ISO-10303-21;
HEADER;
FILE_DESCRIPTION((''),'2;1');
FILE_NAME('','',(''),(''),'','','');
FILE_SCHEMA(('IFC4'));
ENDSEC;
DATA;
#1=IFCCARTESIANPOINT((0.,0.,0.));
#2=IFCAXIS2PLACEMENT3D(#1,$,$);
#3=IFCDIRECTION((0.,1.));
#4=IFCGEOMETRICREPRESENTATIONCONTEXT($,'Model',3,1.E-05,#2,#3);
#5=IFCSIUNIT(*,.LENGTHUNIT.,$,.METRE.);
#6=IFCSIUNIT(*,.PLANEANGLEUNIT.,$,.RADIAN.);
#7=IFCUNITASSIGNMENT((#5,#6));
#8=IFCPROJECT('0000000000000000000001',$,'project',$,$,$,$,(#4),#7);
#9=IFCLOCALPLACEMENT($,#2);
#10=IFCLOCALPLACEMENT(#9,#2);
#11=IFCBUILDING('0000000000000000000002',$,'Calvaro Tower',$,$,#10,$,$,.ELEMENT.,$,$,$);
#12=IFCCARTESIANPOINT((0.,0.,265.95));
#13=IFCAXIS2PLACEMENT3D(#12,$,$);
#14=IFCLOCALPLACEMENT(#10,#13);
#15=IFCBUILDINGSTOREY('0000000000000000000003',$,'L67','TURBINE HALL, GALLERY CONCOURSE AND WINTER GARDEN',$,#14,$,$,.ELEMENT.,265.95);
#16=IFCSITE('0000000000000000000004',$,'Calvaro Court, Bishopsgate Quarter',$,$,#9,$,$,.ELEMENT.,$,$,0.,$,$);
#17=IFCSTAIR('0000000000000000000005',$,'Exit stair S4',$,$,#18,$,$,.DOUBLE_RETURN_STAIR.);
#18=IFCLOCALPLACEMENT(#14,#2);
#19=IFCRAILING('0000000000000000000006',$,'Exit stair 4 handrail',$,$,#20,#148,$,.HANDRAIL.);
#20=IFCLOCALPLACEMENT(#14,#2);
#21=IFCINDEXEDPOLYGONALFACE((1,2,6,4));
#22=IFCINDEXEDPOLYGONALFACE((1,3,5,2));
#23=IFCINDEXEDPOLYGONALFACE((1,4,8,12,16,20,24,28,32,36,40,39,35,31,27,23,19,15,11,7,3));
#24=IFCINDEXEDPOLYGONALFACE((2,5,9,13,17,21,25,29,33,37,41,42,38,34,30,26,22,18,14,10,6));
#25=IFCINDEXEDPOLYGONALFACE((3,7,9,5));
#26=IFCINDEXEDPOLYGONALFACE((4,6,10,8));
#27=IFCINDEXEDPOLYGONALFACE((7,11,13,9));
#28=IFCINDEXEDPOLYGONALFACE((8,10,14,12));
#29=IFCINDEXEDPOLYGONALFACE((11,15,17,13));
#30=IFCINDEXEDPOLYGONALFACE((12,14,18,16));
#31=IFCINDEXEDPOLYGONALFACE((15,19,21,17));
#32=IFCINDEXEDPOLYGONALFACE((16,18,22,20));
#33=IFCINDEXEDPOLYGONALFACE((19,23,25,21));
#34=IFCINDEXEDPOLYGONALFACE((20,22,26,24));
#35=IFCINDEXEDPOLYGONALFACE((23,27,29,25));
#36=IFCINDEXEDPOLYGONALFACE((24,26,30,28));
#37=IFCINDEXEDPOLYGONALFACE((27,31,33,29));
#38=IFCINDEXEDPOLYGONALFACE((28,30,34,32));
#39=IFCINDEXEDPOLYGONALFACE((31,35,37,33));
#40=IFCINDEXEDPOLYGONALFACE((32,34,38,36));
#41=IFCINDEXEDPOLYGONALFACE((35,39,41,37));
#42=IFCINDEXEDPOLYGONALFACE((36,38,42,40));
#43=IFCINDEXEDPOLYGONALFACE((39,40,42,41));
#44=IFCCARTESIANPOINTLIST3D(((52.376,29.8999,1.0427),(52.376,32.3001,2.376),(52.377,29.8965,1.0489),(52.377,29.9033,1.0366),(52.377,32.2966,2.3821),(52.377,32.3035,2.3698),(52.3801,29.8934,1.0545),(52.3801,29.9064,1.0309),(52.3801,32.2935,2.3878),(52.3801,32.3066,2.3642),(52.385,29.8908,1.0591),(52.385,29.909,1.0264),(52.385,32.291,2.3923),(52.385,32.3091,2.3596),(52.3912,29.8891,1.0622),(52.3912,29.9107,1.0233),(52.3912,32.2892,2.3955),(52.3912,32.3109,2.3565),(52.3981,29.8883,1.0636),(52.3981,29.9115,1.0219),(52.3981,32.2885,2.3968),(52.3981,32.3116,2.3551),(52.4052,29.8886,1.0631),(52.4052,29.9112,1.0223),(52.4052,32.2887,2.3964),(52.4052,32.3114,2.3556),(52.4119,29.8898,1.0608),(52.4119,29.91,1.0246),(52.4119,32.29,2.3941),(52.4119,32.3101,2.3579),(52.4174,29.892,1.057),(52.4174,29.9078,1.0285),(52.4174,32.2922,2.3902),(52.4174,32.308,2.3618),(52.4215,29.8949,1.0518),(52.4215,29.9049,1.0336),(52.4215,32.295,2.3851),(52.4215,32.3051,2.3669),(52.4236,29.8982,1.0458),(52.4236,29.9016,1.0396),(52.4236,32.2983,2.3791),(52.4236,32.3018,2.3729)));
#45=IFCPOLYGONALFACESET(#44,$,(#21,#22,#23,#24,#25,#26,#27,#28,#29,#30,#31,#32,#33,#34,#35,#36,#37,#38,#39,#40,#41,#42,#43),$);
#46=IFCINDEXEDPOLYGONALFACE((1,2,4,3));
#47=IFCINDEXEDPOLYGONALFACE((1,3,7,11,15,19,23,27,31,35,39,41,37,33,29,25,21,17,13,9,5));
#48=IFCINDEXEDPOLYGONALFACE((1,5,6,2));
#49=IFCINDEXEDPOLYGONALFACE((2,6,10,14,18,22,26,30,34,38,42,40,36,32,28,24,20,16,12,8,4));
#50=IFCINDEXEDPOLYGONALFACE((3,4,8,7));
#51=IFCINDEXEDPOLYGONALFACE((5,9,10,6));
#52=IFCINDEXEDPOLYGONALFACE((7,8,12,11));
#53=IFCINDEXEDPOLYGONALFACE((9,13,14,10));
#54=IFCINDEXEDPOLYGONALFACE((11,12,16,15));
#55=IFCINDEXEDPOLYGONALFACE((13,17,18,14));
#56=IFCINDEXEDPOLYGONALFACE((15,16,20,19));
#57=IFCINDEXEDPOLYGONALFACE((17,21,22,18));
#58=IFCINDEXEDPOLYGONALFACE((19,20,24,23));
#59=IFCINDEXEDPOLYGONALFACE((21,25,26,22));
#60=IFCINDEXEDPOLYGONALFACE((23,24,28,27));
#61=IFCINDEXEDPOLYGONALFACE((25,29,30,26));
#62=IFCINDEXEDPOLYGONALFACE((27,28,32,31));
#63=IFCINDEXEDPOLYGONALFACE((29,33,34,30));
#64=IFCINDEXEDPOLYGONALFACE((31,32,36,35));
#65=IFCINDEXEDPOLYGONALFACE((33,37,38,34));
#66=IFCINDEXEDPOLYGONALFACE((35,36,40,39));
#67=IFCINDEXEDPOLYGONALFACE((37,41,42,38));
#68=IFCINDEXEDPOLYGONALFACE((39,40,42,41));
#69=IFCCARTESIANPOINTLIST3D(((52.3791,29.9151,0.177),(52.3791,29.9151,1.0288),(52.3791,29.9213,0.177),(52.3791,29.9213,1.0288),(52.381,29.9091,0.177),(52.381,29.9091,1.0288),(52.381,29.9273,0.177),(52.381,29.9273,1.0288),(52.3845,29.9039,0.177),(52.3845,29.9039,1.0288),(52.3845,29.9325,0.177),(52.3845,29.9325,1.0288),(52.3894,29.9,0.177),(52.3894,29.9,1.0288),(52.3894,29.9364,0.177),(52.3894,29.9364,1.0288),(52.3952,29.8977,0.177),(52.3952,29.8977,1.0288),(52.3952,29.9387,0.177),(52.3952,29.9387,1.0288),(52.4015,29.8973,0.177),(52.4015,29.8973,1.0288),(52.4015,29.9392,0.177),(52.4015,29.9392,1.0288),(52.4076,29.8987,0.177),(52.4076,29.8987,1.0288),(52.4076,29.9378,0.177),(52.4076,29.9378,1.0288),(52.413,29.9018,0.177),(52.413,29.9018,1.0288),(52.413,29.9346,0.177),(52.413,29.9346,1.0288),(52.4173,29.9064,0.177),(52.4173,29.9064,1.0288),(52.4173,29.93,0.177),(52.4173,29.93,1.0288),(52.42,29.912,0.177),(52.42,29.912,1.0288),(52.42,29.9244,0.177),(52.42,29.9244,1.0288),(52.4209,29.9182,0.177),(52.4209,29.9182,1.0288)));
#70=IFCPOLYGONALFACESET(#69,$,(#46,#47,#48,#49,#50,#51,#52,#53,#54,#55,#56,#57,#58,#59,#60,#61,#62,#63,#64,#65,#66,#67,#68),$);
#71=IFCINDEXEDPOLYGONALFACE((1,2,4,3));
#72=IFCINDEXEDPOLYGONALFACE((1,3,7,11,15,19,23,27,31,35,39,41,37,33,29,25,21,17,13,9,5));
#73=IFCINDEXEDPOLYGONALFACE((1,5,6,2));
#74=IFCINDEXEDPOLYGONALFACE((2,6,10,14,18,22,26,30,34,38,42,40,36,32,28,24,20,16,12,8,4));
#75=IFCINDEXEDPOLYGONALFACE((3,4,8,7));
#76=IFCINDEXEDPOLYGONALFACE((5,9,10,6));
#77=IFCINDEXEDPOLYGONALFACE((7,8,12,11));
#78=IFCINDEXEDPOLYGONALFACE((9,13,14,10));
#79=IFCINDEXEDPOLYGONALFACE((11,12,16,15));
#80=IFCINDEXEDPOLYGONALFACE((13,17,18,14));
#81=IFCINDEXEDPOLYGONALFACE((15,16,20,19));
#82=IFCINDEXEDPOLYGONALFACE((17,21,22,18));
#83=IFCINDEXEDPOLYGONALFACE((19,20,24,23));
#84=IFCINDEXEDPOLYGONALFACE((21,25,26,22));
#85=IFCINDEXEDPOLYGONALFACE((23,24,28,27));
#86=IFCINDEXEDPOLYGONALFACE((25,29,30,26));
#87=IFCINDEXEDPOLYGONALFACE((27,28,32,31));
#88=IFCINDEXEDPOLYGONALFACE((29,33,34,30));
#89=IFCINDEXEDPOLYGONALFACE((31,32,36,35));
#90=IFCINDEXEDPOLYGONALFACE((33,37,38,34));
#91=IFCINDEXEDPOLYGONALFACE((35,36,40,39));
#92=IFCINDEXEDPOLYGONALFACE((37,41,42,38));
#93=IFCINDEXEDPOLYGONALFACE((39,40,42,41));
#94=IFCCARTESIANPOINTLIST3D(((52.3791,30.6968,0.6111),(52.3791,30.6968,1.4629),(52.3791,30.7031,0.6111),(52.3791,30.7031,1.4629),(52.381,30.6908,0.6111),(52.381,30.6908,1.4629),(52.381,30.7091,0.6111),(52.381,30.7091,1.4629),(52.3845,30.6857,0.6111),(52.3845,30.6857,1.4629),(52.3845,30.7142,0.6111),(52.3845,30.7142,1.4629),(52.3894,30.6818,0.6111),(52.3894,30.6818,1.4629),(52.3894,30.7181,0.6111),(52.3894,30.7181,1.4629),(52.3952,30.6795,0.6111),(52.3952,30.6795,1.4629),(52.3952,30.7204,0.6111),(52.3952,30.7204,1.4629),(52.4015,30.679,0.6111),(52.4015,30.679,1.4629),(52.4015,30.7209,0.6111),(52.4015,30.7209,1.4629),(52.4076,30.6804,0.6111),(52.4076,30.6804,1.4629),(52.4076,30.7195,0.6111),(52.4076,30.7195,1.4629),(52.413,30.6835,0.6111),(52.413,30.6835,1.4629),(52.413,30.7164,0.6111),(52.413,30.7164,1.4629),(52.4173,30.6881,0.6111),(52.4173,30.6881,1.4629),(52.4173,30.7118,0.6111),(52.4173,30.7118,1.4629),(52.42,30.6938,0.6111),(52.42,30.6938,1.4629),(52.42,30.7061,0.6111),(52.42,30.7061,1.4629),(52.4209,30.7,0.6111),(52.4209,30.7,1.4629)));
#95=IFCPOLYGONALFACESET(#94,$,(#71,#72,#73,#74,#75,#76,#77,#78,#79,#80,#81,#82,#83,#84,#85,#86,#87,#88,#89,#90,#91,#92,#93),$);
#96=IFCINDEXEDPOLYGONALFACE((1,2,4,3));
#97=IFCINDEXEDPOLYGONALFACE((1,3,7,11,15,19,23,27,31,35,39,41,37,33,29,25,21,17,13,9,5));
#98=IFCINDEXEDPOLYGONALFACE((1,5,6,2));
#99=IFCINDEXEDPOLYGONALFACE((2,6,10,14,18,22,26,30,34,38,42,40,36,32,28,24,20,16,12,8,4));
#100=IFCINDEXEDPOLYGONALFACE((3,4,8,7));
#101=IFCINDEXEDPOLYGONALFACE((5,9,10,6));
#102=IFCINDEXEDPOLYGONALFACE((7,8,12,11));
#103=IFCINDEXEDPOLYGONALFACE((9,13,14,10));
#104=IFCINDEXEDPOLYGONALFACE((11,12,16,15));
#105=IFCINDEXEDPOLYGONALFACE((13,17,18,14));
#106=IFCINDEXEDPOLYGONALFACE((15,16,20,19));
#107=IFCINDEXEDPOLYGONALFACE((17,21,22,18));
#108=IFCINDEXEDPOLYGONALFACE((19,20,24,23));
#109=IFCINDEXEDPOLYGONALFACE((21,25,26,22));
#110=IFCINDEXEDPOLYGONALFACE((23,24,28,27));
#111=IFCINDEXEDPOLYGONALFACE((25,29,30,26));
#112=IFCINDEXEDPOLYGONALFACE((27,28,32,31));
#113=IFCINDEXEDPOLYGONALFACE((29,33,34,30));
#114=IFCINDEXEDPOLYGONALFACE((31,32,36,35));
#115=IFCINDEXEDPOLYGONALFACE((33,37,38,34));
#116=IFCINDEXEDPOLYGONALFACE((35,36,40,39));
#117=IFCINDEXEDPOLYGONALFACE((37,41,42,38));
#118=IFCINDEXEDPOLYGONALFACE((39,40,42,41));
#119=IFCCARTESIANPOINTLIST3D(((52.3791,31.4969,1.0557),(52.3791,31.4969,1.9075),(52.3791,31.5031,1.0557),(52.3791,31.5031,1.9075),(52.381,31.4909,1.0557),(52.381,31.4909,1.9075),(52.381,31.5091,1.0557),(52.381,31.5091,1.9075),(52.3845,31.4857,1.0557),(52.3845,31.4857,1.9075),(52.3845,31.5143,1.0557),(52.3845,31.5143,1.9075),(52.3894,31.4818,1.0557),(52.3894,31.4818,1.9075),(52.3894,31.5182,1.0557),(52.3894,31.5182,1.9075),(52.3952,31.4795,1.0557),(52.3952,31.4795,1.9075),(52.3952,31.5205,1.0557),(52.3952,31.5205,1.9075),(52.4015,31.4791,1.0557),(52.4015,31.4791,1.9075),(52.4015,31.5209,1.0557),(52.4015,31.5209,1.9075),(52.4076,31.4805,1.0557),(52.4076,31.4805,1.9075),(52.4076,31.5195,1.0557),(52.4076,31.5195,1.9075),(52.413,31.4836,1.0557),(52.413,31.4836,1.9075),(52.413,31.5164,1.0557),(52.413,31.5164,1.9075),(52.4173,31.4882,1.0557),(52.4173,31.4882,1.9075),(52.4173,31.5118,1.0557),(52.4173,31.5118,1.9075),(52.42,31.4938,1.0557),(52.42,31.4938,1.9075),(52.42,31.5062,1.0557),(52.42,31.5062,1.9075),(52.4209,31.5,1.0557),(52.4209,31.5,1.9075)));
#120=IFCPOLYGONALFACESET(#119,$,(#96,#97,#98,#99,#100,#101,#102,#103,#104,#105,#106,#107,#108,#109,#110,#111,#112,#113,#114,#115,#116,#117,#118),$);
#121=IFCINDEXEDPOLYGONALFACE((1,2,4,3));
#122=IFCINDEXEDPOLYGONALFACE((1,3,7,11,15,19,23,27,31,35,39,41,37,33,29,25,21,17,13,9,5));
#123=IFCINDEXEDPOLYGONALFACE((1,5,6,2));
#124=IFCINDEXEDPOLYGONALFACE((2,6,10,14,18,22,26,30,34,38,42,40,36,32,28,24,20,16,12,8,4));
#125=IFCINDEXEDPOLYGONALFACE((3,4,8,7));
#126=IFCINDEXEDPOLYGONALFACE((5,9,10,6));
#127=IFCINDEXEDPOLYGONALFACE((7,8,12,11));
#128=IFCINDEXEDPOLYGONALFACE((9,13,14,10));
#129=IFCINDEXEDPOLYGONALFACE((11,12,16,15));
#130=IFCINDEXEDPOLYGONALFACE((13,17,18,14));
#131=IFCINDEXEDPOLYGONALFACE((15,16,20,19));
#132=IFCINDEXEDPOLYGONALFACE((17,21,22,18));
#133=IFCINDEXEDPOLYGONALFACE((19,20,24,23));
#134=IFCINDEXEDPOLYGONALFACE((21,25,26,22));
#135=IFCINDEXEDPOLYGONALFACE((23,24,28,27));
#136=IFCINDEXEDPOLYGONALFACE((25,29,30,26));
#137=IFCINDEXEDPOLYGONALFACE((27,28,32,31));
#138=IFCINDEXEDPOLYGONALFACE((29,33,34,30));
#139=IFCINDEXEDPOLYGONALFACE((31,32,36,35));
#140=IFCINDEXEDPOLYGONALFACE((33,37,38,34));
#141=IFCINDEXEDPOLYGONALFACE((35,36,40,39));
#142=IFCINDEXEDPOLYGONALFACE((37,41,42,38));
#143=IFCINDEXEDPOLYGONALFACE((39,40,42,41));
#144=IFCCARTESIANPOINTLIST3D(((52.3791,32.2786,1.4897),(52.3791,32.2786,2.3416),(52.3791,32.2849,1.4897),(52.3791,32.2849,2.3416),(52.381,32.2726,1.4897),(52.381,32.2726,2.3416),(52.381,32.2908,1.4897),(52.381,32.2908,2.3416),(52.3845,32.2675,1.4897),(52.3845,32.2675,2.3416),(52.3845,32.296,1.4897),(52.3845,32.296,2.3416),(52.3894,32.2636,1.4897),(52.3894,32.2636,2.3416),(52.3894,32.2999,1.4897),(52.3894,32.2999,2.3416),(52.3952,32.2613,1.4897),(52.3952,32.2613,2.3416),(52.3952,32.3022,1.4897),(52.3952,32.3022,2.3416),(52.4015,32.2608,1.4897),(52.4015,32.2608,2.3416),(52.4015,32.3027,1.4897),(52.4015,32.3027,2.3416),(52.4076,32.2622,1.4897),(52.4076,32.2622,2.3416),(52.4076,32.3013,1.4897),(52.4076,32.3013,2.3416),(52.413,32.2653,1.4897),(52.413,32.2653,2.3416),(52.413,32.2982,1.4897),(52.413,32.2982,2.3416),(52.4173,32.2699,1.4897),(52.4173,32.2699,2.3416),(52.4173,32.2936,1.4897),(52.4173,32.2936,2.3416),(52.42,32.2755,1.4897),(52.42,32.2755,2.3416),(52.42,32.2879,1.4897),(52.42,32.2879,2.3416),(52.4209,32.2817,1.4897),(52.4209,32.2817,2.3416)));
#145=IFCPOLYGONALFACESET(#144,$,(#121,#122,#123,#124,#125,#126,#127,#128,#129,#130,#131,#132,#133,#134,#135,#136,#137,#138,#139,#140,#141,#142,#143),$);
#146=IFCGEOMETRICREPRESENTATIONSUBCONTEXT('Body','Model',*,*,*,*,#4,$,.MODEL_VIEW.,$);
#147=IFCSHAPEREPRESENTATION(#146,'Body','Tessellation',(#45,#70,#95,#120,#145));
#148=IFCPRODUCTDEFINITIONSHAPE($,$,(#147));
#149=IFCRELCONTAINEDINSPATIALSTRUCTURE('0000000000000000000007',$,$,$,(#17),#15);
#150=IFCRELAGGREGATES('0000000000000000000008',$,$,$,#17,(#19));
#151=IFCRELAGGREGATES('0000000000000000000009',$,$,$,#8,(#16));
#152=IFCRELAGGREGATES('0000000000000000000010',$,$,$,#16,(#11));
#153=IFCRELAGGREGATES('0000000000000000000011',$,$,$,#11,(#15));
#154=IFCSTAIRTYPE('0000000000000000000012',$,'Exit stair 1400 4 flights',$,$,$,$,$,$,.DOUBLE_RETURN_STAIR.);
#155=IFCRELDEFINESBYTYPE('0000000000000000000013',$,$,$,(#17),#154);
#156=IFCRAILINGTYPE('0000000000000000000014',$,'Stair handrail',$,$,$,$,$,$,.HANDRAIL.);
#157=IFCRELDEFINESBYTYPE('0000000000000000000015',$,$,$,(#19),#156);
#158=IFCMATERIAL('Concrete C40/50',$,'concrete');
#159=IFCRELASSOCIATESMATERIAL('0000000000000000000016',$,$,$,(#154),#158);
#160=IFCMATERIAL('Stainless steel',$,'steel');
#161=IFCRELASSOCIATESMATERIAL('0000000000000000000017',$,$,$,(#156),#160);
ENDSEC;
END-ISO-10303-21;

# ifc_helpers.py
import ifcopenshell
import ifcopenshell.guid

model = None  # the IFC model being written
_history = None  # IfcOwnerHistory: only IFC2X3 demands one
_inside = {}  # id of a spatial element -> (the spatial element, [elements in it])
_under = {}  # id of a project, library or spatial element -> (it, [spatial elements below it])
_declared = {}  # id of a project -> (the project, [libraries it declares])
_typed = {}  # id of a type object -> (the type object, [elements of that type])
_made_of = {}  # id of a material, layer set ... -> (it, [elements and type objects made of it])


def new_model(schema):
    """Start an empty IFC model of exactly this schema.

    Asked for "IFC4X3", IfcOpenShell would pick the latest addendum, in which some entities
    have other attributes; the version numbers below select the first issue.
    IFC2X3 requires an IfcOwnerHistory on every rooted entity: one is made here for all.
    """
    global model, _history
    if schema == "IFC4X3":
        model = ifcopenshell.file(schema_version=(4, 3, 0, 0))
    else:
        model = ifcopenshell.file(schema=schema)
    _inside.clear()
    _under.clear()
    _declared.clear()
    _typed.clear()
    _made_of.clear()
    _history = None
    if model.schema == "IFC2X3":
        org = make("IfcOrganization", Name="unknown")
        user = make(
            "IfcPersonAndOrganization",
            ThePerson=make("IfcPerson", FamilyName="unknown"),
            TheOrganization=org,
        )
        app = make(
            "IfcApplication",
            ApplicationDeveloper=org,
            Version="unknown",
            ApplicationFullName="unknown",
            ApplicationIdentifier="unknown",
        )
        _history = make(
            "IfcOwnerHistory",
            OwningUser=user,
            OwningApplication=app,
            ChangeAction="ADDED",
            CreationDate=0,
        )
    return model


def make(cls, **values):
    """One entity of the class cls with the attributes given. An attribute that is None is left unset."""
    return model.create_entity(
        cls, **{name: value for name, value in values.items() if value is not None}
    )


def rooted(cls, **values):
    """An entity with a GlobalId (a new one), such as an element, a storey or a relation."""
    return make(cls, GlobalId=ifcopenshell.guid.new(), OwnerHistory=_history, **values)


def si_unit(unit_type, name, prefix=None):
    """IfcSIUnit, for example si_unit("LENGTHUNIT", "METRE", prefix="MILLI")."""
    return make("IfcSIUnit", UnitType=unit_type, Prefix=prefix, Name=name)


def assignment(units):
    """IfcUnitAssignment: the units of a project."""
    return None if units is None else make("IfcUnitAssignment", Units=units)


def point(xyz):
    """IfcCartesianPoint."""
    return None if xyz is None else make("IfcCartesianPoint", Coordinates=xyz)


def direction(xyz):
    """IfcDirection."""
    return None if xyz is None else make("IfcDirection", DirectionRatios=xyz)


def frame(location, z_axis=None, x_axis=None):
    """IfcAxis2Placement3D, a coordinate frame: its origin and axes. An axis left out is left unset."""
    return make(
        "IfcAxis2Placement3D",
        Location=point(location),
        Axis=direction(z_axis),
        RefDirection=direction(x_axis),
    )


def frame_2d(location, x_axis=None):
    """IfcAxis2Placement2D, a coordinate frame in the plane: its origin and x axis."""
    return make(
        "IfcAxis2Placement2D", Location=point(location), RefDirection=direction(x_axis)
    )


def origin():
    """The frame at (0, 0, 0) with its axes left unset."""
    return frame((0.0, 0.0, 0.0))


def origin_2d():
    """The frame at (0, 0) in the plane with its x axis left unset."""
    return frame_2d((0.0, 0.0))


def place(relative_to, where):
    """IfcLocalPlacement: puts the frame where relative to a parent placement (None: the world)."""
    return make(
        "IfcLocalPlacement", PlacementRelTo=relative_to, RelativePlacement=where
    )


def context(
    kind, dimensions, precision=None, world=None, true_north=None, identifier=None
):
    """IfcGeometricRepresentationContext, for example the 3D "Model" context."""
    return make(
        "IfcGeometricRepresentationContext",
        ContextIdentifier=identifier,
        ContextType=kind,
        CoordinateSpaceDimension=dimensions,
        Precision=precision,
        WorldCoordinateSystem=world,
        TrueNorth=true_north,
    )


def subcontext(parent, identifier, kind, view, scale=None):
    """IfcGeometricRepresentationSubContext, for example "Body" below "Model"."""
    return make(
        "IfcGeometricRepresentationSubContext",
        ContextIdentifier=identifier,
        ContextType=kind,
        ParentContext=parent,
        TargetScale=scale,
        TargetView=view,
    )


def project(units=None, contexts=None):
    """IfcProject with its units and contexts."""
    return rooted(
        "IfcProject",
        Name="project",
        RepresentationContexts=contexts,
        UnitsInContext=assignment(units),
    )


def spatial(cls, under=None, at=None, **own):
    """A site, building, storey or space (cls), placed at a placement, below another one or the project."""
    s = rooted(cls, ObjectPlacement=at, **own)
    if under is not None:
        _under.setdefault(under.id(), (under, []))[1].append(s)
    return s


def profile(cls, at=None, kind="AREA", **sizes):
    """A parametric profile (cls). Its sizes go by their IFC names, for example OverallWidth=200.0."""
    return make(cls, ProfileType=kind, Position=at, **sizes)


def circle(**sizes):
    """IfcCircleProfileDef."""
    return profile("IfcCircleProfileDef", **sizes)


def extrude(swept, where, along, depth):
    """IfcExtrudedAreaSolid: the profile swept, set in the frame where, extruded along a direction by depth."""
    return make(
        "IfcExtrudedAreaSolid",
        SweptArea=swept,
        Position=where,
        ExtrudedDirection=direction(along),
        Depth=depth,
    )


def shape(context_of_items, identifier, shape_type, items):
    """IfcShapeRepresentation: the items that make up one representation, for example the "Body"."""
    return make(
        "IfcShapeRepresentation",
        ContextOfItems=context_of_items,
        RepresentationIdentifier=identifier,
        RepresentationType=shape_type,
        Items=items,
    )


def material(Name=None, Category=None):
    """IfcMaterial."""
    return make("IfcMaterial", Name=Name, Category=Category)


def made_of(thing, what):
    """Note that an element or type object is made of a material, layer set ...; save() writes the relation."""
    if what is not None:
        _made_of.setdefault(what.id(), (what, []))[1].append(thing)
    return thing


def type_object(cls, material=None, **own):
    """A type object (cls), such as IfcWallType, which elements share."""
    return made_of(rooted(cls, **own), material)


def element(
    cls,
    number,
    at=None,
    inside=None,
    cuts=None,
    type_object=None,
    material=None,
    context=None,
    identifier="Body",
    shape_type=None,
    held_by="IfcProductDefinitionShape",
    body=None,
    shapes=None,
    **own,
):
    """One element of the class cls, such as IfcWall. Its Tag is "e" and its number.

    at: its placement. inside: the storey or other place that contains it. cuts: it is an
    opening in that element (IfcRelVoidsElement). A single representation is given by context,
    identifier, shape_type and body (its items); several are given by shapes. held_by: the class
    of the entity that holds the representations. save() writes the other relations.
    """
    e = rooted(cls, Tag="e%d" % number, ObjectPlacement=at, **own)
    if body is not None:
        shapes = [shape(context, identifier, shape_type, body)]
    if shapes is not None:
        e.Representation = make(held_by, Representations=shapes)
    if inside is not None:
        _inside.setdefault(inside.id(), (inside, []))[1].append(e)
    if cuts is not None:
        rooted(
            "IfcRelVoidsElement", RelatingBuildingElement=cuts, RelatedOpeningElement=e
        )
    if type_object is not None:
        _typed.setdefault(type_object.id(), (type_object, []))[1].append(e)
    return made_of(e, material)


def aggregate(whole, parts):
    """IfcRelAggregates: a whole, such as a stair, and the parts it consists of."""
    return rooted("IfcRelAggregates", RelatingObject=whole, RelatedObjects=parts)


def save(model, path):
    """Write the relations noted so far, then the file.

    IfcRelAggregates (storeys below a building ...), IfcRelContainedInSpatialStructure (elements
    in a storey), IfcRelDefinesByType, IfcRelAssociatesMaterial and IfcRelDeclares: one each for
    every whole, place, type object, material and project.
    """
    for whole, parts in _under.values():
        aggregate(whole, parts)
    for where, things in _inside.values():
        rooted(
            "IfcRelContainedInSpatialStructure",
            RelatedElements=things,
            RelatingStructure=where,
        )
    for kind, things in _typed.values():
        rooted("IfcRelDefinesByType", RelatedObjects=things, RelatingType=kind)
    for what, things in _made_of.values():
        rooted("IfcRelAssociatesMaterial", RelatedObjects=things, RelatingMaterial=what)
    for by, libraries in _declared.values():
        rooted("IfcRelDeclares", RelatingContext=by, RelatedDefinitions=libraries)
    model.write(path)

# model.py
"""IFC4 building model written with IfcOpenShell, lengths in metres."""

from ifc_helpers import new_model, si_unit, direction, frame, origin, origin_2d, place, context, subcontext, project, spatial, circle, extrude, material, type_object, element, aggregate, save


model = new_model("IFC4")

# Units and contexts
model_context = context("Model", 3, precision=1e-05, world=origin(), true_north=direction((0.0, 1.0)))
body_context = subcontext(model_context, "Body", "Model", "MODEL_VIEW")
ifc_project = project(units=[si_unit("LENGTHUNIT", "METRE"), si_unit("PLANEANGLEUNIT", "RADIAN")], contexts=[model_context])

# Site, building, storey
site_placement = place(None, origin())
site = spatial("IfcSite", under=ifc_project, at=site_placement, Name="Calvaro Court, Bishopsgate Quarter", CompositionType="ELEMENT", RefElevation=0.0)
building_placement = place(site_placement, origin())
building = spatial("IfcBuilding", under=site, at=building_placement, Name="Calvaro Tower", CompositionType="ELEMENT")
storey_placement = place(building_placement, frame((0.0, 0.0, 265.95)))
storey = spatial("IfcBuildingStorey", under=building, at=storey_placement, Name="L67", Description="TURBINE HALL, GALLERY CONCOURSE AND WINTER GARDEN", CompositionType="ELEMENT", Elevation=265.95)

# Stair
ifc_material_1 = material(Name="Concrete C40/50", Category="concrete")
stair_type = type_object("IfcStairType", Name="Exit stair 1400 4 flights", PredefinedType="DOUBLE_RETURN_STAIR", material=ifc_material_1)
stair_1_placement = place(storey_placement, origin())
stair_1 = element("IfcStair", 1, at=stair_1_placement, inside=storey, type_object=stair_type, Name="Exit stair S4", PredefinedType="DOUBLE_RETURN_STAIR")

# Railing
ifc_material_2 = material(Name="Stainless steel", Category="steel")
railing_type_1 = type_object("IfcRailingType", Name="Stair handrail", PredefinedType="HANDRAIL", material=ifc_material_2)
railing_1_placement = place(storey_placement, frame((52.3999, 29.8999, 0.1667)))
railing_1 = element("IfcRailing", 2, at=railing_1_placement, type_object=railing_type_1, Name="Exit stair 4 handrail", PredefinedType="HANDRAIL", context=body_context, shape_type="SweptSolid", body=[
    extrude(circle(Radius=0.0239, at=origin_2d()), frame((0.0, 0.0, 0.876), z_axis=(0.0, 0.874182, 0.485598), x_axis=(-1.0, 0.0, 0.0)), (0.0, 0.0, 1.0), 2.7456),
    extrude(circle(Radius=0.021, at=origin_2d()), frame((0.0, 0.0183, 0.0103)), (0.0, 0.0, 1.0), 0.8518),
    extrude(circle(Radius=0.021, at=origin_2d()), frame((0.0, 0.8, 0.4443)), (0.0, 0.0, 1.0), 0.8518),
    extrude(circle(Radius=0.021, at=origin_2d()), frame((0.0, 1.6001, 0.8889)), (0.0, 0.0, 1.0), 0.8518),
    extrude(circle(Radius=0.021, at=origin_2d()), frame((0.0, 2.3818, 1.323)), (0.0, 0.0, 1.0), 0.8518),
])
aggregate(stair_1, [railing_1])

save(model, "model.ifc")
